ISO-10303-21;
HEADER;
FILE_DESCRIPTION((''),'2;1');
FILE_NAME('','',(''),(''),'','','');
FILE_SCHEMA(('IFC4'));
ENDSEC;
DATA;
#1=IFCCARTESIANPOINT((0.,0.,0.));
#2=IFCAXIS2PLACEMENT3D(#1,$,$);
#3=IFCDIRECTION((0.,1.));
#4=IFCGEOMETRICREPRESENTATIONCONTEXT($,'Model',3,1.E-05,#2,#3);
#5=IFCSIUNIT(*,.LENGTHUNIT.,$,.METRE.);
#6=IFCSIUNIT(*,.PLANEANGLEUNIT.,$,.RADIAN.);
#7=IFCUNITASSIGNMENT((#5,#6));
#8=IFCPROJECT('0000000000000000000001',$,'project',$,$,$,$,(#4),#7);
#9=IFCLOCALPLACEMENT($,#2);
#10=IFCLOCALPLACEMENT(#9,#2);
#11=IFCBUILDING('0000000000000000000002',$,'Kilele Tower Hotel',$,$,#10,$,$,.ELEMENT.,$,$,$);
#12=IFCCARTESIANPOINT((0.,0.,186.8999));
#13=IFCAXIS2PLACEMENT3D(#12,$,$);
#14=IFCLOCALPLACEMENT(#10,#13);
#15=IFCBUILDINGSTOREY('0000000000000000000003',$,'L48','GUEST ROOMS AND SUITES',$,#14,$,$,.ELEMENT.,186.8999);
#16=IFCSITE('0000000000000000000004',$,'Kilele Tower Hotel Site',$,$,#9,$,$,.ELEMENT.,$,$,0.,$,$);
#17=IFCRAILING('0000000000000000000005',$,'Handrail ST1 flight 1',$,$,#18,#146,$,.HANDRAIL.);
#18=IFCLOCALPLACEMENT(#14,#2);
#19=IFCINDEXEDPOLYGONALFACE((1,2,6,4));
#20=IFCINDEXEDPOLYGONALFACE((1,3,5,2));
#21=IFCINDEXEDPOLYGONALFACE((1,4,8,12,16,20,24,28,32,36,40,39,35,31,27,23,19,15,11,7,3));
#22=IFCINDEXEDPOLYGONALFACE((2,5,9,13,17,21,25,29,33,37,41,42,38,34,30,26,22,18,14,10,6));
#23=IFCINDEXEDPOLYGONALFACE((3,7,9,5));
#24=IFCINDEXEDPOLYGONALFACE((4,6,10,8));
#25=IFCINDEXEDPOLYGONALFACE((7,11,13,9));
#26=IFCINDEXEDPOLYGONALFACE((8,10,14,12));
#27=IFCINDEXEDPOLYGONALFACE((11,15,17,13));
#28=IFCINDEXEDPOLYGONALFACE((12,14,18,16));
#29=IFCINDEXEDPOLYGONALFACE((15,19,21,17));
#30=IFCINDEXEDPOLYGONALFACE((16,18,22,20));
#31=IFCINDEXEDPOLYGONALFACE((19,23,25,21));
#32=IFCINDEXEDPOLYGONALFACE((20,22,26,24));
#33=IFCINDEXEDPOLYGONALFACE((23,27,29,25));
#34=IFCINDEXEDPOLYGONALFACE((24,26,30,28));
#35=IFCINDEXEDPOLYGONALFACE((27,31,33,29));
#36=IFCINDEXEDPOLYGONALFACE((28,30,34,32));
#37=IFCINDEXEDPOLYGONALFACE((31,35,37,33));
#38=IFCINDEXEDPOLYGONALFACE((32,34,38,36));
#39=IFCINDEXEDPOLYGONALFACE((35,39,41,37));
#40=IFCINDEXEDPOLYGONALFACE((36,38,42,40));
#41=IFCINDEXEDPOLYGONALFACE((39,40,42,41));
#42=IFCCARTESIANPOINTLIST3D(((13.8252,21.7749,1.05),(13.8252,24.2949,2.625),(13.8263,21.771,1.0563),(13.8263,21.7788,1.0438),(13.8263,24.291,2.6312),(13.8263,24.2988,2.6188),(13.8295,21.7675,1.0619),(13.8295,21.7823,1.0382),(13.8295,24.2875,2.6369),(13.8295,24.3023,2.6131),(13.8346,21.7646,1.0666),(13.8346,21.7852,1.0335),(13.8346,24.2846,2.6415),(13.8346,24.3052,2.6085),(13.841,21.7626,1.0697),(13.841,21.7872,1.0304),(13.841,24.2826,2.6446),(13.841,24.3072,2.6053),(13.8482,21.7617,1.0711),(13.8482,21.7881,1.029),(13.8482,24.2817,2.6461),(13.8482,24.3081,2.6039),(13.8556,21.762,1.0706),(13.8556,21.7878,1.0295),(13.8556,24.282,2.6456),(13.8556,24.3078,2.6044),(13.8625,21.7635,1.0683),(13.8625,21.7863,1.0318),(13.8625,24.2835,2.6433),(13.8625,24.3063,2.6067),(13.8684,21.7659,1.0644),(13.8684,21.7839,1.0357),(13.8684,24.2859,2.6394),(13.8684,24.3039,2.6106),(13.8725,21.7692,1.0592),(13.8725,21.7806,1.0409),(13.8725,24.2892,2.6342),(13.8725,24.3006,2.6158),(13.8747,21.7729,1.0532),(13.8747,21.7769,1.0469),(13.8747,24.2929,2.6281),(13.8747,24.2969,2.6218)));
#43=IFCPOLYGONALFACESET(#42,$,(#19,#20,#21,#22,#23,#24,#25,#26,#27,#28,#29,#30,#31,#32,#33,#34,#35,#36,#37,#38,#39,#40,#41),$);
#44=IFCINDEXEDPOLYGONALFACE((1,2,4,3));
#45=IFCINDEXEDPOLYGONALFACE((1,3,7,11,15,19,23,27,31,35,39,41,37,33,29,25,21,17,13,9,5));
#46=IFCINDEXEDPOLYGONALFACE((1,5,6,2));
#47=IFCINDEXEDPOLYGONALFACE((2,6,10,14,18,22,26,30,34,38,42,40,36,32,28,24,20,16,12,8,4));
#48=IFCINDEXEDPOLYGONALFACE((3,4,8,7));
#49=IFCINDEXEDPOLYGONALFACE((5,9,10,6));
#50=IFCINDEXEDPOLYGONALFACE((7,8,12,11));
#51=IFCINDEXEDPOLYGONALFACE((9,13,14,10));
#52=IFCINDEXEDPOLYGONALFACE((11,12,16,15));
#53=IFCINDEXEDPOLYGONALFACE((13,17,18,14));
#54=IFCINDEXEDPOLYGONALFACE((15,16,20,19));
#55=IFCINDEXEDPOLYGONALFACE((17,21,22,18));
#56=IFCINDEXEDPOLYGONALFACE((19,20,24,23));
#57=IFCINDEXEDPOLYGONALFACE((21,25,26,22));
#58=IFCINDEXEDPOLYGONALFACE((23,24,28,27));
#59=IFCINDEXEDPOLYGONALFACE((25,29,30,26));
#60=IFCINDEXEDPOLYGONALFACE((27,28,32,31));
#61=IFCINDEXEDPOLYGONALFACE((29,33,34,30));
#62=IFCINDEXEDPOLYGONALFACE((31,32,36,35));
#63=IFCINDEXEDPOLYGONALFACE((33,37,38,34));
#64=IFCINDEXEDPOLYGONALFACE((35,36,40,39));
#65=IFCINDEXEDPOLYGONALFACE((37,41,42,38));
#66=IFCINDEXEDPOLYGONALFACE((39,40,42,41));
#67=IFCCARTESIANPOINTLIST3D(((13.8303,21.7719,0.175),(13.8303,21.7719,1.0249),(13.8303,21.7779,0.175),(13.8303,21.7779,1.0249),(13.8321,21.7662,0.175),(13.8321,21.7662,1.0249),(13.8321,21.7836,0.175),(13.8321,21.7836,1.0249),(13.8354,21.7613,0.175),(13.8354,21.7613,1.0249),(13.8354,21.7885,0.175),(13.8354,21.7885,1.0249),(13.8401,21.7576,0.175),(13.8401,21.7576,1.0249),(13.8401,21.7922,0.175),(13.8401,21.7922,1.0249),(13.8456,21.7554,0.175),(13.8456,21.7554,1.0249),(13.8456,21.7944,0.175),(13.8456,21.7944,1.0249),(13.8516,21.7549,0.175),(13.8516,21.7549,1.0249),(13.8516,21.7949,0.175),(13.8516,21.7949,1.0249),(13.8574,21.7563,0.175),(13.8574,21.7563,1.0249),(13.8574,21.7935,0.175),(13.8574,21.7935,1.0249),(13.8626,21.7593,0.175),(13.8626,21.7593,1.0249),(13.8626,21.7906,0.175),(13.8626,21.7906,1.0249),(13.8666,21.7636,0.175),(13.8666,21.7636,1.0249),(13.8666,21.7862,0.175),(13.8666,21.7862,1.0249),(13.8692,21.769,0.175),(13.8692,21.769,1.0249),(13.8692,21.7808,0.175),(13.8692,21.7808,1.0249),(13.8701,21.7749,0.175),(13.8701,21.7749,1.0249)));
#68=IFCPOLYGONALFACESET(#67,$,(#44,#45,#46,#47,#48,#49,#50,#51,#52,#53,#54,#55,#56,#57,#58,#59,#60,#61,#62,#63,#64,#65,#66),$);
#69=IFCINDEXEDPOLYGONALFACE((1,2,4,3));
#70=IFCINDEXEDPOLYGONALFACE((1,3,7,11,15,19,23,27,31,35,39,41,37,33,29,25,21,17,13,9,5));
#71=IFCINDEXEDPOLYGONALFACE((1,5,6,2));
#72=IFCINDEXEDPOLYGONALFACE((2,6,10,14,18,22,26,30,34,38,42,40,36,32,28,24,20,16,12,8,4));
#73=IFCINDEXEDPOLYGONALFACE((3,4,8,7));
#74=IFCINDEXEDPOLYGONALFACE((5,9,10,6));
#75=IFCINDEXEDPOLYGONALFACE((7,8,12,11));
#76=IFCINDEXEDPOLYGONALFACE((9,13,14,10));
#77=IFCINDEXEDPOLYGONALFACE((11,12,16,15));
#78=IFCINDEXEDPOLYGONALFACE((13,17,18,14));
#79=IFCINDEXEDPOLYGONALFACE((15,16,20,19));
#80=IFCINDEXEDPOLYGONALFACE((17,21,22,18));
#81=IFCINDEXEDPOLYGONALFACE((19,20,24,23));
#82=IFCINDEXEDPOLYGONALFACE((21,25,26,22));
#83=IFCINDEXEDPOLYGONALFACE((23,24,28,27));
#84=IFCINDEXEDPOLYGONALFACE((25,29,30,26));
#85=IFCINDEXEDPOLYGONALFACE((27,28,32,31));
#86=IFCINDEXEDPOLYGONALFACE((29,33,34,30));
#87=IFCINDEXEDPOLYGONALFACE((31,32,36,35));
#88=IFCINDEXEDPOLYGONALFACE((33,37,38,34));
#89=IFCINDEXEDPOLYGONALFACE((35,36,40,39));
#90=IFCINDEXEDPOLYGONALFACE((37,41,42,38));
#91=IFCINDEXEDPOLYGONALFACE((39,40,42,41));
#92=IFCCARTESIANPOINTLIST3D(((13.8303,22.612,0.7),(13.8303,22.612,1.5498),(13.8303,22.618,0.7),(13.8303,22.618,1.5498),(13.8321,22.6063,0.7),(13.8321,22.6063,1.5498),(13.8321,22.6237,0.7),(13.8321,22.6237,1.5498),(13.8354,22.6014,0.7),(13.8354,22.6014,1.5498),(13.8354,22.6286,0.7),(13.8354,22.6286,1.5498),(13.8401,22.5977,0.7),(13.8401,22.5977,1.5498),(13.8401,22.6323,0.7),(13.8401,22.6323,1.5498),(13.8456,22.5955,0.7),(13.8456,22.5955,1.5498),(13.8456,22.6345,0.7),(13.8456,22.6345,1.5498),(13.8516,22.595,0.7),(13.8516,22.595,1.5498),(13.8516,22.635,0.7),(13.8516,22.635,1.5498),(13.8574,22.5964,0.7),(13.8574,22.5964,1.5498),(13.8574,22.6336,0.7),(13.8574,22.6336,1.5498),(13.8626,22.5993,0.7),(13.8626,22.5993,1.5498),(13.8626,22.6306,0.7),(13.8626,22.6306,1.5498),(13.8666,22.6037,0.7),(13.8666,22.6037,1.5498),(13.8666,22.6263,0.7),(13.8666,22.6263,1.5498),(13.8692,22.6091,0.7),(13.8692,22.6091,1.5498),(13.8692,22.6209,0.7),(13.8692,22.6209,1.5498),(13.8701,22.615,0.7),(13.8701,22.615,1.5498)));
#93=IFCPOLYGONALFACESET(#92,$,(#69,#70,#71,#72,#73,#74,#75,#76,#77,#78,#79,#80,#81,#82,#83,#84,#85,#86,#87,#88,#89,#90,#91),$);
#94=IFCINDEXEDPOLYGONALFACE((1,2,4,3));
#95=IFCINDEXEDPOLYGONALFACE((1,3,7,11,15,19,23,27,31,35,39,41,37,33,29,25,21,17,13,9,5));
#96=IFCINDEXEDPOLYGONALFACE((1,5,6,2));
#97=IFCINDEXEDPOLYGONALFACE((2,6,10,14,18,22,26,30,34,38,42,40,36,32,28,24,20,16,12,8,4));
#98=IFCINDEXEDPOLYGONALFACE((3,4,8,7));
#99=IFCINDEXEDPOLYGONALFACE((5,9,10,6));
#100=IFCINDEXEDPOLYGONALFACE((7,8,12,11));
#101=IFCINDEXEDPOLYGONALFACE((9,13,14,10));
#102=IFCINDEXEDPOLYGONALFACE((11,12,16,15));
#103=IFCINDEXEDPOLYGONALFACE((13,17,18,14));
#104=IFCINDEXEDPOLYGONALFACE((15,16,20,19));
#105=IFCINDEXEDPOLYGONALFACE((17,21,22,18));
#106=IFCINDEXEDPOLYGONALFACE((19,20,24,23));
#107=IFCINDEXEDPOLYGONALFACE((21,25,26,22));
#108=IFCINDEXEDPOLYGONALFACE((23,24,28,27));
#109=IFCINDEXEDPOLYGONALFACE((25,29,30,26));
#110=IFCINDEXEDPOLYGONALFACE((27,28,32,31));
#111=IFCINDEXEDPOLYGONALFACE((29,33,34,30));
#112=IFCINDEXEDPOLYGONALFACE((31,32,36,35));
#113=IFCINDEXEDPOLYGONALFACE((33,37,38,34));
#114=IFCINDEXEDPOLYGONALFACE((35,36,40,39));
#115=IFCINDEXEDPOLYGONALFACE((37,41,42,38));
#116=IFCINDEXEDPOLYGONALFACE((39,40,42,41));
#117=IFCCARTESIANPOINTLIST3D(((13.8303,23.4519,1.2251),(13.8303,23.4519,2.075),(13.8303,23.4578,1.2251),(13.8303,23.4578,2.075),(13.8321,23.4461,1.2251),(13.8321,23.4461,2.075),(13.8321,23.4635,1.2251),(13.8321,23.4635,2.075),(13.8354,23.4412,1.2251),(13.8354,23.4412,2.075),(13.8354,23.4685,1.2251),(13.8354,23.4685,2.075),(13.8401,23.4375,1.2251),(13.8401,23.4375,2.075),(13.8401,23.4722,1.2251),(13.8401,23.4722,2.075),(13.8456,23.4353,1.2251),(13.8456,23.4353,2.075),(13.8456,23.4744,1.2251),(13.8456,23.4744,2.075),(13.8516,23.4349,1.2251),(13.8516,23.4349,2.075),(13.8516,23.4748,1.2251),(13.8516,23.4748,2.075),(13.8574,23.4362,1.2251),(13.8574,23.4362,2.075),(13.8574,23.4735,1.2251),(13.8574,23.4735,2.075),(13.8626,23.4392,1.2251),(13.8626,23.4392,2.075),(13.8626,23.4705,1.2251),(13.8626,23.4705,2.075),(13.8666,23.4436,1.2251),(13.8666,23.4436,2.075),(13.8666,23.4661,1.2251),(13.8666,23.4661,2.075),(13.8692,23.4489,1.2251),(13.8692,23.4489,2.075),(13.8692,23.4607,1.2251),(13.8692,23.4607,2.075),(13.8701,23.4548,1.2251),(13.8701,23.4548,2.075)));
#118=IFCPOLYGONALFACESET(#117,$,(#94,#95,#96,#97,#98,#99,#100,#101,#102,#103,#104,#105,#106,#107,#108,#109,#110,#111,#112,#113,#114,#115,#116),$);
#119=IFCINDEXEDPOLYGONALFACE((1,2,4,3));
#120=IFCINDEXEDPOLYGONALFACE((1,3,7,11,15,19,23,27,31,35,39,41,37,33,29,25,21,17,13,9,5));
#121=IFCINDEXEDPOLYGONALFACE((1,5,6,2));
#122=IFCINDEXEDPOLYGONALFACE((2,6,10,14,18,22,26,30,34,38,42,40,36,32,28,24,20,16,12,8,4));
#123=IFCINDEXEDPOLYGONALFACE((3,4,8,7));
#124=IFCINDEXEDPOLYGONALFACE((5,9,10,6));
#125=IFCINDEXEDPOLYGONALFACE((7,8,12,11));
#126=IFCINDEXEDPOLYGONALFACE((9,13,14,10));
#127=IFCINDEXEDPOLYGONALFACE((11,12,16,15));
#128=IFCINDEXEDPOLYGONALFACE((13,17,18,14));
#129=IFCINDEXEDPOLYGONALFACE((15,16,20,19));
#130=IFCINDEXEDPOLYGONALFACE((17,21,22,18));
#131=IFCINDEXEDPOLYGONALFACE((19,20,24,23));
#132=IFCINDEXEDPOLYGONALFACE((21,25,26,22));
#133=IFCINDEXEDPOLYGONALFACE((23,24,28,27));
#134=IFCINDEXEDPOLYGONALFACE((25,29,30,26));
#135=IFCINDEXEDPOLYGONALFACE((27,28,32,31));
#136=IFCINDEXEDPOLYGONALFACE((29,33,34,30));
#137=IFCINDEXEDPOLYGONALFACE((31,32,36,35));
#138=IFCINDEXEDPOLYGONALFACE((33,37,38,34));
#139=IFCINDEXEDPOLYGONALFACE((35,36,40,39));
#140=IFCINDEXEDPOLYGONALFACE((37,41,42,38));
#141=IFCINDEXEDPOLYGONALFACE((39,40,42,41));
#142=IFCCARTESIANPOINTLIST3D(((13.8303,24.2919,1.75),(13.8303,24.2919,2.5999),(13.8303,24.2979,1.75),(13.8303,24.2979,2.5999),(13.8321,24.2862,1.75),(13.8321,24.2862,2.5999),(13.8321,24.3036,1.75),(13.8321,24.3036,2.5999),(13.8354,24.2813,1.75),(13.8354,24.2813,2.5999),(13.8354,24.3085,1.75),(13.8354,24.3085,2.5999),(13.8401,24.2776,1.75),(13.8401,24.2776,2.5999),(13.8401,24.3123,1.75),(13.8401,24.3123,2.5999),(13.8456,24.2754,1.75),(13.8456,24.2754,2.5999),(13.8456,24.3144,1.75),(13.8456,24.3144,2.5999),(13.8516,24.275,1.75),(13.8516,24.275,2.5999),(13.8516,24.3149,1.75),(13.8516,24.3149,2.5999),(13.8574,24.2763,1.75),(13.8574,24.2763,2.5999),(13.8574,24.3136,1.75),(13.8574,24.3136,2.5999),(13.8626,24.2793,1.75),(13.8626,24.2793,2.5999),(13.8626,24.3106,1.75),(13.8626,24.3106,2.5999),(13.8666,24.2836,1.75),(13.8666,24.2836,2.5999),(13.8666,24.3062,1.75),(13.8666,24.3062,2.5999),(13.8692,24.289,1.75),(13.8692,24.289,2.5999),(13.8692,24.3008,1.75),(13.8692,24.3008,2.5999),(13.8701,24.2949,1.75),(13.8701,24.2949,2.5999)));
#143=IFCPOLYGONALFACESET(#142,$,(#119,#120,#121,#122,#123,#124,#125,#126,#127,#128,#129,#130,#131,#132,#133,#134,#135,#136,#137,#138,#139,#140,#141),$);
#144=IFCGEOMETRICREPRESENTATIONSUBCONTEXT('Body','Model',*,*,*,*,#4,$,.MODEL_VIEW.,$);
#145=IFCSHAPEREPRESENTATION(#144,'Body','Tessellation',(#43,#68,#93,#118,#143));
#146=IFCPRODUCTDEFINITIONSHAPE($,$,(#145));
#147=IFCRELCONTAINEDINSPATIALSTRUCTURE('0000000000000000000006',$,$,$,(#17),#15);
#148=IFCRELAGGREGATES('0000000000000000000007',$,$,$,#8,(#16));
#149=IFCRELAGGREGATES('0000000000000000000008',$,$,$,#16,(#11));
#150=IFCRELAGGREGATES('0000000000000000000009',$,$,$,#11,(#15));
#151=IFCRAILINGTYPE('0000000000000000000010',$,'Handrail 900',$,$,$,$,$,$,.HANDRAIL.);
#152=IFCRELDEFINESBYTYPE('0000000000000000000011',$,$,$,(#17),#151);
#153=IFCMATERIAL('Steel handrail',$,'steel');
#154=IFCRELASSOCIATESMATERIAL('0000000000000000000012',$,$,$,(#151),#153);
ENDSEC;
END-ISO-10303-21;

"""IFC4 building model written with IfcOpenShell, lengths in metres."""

from ifc_helpers import new_model, si_unit, direction, frame, origin, origin_2d, place, context, subcontext, project, spatial, circle, extrude, material, type_object, element, save


model = new_model("IFC4")

# Units and contexts
model_context = context("Model", 3, precision=1e-05, world=origin(), true_north=direction((0.0, 1.0)))
body_context = subcontext(model_context, "Body", "Model", "MODEL_VIEW")
ifc_project = project(units=[si_unit("LENGTHUNIT", "METRE"), si_unit("PLANEANGLEUNIT", "RADIAN")], contexts=[model_context])

# Site, building, storey
site_placement = place(None, origin())
site = spatial("IfcSite", under=ifc_project, at=site_placement, Name="Kilele Tower Hotel Site", CompositionType="ELEMENT", RefElevation=0.0)
building_placement = place(site_placement, origin())
building = spatial("IfcBuilding", under=site, at=building_placement, Name="Kilele Tower Hotel", CompositionType="ELEMENT")
storey_placement = place(building_placement, frame((0.0, 0.0, 186.8999)))
storey = spatial("IfcBuildingStorey", under=building, at=storey_placement, Name="L48", Description="GUEST ROOMS AND SUITES", CompositionType="ELEMENT", Elevation=186.8999)

# Railing
ifc_material_1 = material(Name="Steel handrail", Category="steel")
railing_type_1 = type_object("IfcRailingType", Name="Handrail 900", PredefinedType="HANDRAIL", material=ifc_material_1)
for number, where, name in (
    (1, (13.8501, 21.7749, 0.175), "Handrail ST1 flight 1"),
):
    element("IfcRailing", number, at=place(storey_placement, frame(where)), inside=storey, type_object=railing_type_1, Name=name, PredefinedType="HANDRAIL", context=body_context, shape_type="SweptSolid", body=[
        extrude(circle(Radius=0.0249, at=origin_2d()), frame((0.0, 0.0, 0.875), z_axis=(0.0, 0.848008, 0.529984), x_axis=(-1.0, 0.0, 0.0)), (0.0, 0.0, 1.0), 2.9717),
        extrude(circle(Radius=0.02, at=origin_2d()), origin(), (0.0, 0.0, 1.0), 0.8499),
        extrude(circle(Radius=0.02, at=origin_2d()), frame((0.0, 0.8401, 0.5249)), (0.0, 0.0, 1.0), 0.8499),
        extrude(circle(Radius=0.02, at=origin_2d()), frame((0.0, 1.6799, 1.05)), (0.0, 0.0, 1.0), 0.8499),
        extrude(circle(Radius=0.02, at=origin_2d()), frame((0.0, 2.52, 1.575)), (0.0, 0.0, 1.0), 0.8499),
    ])

save(model, "model.ifc")
